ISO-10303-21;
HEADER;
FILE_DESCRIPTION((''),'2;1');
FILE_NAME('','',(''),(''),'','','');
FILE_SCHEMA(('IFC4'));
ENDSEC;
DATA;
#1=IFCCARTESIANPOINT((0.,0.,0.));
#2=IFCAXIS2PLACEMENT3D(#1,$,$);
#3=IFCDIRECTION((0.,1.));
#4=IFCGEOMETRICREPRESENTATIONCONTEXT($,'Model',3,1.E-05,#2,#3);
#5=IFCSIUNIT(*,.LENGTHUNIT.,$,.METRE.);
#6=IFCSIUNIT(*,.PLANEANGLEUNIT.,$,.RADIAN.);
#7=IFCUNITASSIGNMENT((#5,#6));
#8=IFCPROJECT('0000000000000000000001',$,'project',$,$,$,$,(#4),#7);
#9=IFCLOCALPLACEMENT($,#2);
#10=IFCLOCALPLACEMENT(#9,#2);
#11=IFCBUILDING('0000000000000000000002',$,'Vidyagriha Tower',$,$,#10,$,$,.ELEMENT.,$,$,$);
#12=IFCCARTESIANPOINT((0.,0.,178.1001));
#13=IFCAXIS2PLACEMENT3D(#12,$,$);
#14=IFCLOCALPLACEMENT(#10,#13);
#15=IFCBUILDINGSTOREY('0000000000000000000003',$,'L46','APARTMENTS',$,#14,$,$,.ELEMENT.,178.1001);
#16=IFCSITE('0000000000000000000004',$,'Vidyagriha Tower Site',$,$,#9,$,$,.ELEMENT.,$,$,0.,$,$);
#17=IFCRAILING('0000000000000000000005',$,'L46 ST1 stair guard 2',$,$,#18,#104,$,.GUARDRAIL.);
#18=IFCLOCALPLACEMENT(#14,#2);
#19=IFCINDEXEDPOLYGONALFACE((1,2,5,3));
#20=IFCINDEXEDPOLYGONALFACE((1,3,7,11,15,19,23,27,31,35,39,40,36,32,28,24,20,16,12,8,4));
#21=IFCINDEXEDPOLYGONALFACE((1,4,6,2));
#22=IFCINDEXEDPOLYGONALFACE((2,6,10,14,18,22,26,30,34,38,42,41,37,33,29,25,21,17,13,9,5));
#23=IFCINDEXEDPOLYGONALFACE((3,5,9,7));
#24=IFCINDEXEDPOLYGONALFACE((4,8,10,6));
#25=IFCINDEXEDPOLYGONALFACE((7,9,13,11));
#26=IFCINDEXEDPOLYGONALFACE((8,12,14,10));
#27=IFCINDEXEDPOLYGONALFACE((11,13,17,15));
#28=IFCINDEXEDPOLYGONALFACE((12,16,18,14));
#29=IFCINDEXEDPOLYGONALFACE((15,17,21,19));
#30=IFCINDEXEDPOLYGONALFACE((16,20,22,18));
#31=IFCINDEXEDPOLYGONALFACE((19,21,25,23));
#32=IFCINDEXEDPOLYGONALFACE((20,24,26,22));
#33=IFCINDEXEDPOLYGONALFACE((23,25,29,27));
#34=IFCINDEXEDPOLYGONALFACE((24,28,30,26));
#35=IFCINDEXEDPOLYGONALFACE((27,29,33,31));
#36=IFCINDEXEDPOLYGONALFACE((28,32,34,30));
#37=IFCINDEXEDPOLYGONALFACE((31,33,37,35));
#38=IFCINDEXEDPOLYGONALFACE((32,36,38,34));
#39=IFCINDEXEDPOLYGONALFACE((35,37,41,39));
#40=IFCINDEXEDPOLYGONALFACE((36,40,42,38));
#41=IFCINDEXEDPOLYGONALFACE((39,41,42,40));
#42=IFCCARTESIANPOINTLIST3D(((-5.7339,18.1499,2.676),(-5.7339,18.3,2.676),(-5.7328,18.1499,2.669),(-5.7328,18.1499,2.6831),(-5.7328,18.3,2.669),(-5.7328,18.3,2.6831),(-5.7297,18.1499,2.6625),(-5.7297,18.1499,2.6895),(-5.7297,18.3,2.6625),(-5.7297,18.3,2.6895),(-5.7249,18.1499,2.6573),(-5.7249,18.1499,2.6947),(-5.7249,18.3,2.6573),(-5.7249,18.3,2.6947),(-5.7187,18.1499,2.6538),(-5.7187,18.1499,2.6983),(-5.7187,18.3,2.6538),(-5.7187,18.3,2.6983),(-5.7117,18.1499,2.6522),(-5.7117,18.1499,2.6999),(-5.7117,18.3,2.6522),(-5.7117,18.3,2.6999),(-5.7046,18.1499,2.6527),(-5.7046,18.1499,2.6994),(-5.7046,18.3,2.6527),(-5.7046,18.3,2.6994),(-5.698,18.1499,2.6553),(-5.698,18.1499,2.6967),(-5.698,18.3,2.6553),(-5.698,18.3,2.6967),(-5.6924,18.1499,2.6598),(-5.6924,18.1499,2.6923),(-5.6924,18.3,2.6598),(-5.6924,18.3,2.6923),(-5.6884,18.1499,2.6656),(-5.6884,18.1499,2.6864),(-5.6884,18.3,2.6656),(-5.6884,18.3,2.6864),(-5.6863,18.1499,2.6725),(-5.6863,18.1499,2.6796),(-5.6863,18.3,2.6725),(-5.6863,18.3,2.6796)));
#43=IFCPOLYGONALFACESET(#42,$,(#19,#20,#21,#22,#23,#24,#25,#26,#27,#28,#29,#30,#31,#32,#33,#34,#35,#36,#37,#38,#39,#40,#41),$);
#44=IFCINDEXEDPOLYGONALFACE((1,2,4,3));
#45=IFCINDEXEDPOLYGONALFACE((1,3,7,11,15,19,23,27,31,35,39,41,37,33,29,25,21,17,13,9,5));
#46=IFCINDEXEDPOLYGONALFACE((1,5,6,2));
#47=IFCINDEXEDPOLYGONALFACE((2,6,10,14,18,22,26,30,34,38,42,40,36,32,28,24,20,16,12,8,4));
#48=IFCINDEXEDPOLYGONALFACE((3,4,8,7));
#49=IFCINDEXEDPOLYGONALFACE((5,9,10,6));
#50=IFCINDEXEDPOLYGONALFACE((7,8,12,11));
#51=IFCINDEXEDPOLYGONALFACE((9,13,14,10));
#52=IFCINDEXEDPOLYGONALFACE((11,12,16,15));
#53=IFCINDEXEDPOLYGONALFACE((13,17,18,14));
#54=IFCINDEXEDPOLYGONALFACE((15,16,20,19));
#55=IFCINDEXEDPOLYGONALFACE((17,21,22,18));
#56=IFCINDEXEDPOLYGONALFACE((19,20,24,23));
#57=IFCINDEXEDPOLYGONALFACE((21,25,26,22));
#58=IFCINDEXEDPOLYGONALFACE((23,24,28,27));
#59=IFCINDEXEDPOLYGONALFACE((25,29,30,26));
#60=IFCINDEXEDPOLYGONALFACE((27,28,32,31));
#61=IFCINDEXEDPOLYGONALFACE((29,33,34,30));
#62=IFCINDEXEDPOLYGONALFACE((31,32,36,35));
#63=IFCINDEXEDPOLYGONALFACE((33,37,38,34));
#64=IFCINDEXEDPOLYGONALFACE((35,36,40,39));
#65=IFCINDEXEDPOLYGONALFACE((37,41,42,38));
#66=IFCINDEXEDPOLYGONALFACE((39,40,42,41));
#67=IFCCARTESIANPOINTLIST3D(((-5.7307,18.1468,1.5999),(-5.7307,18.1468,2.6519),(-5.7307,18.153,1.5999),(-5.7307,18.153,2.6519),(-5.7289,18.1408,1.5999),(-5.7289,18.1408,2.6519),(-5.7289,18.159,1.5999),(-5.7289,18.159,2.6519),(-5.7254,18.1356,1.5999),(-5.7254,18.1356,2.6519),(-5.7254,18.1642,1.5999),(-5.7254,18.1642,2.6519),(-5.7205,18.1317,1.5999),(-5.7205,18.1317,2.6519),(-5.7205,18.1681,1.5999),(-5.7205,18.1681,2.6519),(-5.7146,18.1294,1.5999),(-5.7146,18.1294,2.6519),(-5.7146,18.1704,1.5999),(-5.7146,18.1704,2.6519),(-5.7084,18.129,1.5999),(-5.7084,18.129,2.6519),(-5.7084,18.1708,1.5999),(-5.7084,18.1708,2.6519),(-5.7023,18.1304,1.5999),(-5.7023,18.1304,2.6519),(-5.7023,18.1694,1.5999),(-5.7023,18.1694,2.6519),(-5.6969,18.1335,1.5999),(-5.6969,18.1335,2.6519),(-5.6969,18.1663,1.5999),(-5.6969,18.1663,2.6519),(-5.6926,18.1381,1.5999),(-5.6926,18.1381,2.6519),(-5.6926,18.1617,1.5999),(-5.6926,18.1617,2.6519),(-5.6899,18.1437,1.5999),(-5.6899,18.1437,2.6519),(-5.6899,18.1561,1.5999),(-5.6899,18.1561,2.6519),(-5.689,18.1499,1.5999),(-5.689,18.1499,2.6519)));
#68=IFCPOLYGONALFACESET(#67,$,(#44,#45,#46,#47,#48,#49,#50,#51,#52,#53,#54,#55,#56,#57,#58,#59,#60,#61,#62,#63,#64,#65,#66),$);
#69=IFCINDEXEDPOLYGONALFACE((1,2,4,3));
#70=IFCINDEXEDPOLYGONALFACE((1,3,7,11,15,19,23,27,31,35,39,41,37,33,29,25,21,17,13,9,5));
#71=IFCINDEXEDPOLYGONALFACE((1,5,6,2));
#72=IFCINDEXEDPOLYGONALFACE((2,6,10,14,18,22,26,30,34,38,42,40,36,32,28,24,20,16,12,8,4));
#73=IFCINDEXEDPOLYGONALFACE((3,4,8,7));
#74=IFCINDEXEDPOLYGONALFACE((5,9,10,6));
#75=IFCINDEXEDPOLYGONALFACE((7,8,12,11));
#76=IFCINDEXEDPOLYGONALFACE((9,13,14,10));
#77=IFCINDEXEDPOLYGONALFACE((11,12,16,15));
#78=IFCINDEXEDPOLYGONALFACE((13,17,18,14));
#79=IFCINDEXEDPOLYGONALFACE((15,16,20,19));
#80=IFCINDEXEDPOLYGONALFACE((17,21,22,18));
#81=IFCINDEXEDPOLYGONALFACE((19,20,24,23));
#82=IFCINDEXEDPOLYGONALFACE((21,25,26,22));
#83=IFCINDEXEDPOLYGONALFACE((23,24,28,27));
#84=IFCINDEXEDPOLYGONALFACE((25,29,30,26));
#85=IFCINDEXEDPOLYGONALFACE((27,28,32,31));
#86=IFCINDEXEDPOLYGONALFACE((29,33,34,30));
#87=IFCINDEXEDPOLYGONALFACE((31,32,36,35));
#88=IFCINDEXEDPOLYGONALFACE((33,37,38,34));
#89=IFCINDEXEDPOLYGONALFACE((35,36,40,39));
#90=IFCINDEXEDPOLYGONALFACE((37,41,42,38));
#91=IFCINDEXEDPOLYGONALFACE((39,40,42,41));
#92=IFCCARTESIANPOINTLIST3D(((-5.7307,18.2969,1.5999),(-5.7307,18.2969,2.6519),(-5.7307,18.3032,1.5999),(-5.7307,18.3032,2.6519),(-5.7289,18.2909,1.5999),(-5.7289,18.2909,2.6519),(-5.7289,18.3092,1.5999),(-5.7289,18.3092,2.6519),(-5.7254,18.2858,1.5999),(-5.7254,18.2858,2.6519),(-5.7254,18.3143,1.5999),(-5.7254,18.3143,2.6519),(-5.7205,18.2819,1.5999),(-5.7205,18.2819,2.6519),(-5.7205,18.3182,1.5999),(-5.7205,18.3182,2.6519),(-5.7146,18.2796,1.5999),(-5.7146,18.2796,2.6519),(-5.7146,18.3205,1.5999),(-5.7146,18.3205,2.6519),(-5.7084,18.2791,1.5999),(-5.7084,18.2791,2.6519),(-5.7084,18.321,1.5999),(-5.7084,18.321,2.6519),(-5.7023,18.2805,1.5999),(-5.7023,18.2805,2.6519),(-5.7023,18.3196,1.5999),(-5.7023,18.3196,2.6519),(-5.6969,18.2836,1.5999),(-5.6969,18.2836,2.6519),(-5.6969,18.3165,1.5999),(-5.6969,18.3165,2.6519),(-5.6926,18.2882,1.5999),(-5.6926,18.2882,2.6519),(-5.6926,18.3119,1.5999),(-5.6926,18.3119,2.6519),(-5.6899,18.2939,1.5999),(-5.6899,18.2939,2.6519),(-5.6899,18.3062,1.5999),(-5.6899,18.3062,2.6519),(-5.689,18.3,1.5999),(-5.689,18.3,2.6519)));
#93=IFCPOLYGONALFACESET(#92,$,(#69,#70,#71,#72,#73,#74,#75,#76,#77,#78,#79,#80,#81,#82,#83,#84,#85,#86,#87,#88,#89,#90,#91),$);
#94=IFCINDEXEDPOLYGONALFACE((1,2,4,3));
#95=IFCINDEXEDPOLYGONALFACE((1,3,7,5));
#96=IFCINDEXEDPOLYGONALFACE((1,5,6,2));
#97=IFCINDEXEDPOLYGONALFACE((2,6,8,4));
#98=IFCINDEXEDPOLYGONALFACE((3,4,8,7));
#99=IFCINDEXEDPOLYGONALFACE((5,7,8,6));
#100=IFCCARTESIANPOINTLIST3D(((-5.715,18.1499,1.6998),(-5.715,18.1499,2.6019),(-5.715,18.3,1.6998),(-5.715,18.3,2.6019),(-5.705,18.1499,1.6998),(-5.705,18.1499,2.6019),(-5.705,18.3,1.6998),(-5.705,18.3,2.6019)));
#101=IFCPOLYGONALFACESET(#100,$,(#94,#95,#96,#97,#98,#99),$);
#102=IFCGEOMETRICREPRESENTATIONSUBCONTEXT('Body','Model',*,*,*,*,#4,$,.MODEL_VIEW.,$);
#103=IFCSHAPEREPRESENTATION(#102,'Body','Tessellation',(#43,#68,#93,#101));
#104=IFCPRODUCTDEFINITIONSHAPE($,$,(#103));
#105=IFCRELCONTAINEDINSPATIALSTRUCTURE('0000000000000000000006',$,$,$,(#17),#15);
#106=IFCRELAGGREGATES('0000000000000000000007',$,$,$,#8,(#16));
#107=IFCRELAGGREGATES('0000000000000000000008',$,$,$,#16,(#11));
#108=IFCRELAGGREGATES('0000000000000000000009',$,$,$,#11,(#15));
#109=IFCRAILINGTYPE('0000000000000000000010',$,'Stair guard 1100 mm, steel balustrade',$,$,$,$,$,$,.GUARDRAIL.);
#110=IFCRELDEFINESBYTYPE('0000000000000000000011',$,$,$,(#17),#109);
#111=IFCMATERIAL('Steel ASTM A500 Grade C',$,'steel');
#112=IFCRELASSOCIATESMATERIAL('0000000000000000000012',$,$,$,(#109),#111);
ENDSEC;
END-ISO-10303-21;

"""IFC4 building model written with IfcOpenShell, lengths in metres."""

from ifc_helpers import new_model, si_unit, direction, frame, origin, origin_2d, place, context, subcontext, project, spatial, rectangle, circle, extrude, material, type_object, element, save


model = new_model("IFC4")

# Units and contexts
model_context = context("Model", 3, precision=1e-05, world=origin(), true_north=direction((0.0, 1.0)))
body_context = subcontext(model_context, "Body", "Model", "MODEL_VIEW")
ifc_project = project(units=[si_unit("LENGTHUNIT", "METRE"), si_unit("PLANEANGLEUNIT", "RADIAN")], contexts=[model_context])

# Site, building, storey
site_placement = place(None, origin())
site = spatial("IfcSite", under=ifc_project, at=site_placement, Name="Vidyagriha Tower Site", CompositionType="ELEMENT", RefElevation=0.0)
building_placement = place(site_placement, origin())
building = spatial("IfcBuilding", under=site, at=building_placement, Name="Vidyagriha Tower", CompositionType="ELEMENT")
storey_placement = place(building_placement, frame((0.0, 0.0, 178.1001)))
storey = spatial("IfcBuildingStorey", under=building, at=storey_placement, Name="L46", Description="APARTMENTS", CompositionType="ELEMENT", Elevation=178.1001)

# Railing
ifc_material_1 = material(Name="Steel ASTM A500 Grade C", Category="steel")
railing_type_1 = type_object("IfcRailingType", Name="Stair guard 1100 mm, steel balustrade", PredefinedType="GUARDRAIL", material=ifc_material_1)
railing_1_placement = place(storey_placement, frame((-5.71, 18.1499, 1.5999)))
element("IfcRailing", 1, at=railing_1_placement, inside=storey, type_object=railing_type_1, Name="L46 ST1 stair guard 2", PredefinedType="GUARDRAIL", context=body_context, shape_type="SweptSolid", body=[
    extrude(circle(Radius=0.0239, at=origin_2d()), frame((0.0, 0.0, 1.0762), z_axis=(0.0, 1.0, 0.0), x_axis=(-1.0, 0.0, 0.0)), (0.0, 0.0, 1.0), 0.1501),
    extrude(circle(Radius=0.021, at=origin_2d()), origin(), (0.0, 0.0, 1.0), 1.052),
    extrude(circle(Radius=0.021, at=origin_2d()), frame((0.0, 0.1501, 0.0)), (0.0, 0.0, 1.0), 1.052),
    extrude(rectangle(XDim=0.01, YDim=0.9021, at=origin_2d()), frame((0.0, 0.0, 0.551), z_axis=(0.0, 1.0, 0.0), x_axis=(-1.0, 0.0, 0.0)), (0.0, 0.0, 1.0), 0.1501),
])

save(model, "model.ifc")
